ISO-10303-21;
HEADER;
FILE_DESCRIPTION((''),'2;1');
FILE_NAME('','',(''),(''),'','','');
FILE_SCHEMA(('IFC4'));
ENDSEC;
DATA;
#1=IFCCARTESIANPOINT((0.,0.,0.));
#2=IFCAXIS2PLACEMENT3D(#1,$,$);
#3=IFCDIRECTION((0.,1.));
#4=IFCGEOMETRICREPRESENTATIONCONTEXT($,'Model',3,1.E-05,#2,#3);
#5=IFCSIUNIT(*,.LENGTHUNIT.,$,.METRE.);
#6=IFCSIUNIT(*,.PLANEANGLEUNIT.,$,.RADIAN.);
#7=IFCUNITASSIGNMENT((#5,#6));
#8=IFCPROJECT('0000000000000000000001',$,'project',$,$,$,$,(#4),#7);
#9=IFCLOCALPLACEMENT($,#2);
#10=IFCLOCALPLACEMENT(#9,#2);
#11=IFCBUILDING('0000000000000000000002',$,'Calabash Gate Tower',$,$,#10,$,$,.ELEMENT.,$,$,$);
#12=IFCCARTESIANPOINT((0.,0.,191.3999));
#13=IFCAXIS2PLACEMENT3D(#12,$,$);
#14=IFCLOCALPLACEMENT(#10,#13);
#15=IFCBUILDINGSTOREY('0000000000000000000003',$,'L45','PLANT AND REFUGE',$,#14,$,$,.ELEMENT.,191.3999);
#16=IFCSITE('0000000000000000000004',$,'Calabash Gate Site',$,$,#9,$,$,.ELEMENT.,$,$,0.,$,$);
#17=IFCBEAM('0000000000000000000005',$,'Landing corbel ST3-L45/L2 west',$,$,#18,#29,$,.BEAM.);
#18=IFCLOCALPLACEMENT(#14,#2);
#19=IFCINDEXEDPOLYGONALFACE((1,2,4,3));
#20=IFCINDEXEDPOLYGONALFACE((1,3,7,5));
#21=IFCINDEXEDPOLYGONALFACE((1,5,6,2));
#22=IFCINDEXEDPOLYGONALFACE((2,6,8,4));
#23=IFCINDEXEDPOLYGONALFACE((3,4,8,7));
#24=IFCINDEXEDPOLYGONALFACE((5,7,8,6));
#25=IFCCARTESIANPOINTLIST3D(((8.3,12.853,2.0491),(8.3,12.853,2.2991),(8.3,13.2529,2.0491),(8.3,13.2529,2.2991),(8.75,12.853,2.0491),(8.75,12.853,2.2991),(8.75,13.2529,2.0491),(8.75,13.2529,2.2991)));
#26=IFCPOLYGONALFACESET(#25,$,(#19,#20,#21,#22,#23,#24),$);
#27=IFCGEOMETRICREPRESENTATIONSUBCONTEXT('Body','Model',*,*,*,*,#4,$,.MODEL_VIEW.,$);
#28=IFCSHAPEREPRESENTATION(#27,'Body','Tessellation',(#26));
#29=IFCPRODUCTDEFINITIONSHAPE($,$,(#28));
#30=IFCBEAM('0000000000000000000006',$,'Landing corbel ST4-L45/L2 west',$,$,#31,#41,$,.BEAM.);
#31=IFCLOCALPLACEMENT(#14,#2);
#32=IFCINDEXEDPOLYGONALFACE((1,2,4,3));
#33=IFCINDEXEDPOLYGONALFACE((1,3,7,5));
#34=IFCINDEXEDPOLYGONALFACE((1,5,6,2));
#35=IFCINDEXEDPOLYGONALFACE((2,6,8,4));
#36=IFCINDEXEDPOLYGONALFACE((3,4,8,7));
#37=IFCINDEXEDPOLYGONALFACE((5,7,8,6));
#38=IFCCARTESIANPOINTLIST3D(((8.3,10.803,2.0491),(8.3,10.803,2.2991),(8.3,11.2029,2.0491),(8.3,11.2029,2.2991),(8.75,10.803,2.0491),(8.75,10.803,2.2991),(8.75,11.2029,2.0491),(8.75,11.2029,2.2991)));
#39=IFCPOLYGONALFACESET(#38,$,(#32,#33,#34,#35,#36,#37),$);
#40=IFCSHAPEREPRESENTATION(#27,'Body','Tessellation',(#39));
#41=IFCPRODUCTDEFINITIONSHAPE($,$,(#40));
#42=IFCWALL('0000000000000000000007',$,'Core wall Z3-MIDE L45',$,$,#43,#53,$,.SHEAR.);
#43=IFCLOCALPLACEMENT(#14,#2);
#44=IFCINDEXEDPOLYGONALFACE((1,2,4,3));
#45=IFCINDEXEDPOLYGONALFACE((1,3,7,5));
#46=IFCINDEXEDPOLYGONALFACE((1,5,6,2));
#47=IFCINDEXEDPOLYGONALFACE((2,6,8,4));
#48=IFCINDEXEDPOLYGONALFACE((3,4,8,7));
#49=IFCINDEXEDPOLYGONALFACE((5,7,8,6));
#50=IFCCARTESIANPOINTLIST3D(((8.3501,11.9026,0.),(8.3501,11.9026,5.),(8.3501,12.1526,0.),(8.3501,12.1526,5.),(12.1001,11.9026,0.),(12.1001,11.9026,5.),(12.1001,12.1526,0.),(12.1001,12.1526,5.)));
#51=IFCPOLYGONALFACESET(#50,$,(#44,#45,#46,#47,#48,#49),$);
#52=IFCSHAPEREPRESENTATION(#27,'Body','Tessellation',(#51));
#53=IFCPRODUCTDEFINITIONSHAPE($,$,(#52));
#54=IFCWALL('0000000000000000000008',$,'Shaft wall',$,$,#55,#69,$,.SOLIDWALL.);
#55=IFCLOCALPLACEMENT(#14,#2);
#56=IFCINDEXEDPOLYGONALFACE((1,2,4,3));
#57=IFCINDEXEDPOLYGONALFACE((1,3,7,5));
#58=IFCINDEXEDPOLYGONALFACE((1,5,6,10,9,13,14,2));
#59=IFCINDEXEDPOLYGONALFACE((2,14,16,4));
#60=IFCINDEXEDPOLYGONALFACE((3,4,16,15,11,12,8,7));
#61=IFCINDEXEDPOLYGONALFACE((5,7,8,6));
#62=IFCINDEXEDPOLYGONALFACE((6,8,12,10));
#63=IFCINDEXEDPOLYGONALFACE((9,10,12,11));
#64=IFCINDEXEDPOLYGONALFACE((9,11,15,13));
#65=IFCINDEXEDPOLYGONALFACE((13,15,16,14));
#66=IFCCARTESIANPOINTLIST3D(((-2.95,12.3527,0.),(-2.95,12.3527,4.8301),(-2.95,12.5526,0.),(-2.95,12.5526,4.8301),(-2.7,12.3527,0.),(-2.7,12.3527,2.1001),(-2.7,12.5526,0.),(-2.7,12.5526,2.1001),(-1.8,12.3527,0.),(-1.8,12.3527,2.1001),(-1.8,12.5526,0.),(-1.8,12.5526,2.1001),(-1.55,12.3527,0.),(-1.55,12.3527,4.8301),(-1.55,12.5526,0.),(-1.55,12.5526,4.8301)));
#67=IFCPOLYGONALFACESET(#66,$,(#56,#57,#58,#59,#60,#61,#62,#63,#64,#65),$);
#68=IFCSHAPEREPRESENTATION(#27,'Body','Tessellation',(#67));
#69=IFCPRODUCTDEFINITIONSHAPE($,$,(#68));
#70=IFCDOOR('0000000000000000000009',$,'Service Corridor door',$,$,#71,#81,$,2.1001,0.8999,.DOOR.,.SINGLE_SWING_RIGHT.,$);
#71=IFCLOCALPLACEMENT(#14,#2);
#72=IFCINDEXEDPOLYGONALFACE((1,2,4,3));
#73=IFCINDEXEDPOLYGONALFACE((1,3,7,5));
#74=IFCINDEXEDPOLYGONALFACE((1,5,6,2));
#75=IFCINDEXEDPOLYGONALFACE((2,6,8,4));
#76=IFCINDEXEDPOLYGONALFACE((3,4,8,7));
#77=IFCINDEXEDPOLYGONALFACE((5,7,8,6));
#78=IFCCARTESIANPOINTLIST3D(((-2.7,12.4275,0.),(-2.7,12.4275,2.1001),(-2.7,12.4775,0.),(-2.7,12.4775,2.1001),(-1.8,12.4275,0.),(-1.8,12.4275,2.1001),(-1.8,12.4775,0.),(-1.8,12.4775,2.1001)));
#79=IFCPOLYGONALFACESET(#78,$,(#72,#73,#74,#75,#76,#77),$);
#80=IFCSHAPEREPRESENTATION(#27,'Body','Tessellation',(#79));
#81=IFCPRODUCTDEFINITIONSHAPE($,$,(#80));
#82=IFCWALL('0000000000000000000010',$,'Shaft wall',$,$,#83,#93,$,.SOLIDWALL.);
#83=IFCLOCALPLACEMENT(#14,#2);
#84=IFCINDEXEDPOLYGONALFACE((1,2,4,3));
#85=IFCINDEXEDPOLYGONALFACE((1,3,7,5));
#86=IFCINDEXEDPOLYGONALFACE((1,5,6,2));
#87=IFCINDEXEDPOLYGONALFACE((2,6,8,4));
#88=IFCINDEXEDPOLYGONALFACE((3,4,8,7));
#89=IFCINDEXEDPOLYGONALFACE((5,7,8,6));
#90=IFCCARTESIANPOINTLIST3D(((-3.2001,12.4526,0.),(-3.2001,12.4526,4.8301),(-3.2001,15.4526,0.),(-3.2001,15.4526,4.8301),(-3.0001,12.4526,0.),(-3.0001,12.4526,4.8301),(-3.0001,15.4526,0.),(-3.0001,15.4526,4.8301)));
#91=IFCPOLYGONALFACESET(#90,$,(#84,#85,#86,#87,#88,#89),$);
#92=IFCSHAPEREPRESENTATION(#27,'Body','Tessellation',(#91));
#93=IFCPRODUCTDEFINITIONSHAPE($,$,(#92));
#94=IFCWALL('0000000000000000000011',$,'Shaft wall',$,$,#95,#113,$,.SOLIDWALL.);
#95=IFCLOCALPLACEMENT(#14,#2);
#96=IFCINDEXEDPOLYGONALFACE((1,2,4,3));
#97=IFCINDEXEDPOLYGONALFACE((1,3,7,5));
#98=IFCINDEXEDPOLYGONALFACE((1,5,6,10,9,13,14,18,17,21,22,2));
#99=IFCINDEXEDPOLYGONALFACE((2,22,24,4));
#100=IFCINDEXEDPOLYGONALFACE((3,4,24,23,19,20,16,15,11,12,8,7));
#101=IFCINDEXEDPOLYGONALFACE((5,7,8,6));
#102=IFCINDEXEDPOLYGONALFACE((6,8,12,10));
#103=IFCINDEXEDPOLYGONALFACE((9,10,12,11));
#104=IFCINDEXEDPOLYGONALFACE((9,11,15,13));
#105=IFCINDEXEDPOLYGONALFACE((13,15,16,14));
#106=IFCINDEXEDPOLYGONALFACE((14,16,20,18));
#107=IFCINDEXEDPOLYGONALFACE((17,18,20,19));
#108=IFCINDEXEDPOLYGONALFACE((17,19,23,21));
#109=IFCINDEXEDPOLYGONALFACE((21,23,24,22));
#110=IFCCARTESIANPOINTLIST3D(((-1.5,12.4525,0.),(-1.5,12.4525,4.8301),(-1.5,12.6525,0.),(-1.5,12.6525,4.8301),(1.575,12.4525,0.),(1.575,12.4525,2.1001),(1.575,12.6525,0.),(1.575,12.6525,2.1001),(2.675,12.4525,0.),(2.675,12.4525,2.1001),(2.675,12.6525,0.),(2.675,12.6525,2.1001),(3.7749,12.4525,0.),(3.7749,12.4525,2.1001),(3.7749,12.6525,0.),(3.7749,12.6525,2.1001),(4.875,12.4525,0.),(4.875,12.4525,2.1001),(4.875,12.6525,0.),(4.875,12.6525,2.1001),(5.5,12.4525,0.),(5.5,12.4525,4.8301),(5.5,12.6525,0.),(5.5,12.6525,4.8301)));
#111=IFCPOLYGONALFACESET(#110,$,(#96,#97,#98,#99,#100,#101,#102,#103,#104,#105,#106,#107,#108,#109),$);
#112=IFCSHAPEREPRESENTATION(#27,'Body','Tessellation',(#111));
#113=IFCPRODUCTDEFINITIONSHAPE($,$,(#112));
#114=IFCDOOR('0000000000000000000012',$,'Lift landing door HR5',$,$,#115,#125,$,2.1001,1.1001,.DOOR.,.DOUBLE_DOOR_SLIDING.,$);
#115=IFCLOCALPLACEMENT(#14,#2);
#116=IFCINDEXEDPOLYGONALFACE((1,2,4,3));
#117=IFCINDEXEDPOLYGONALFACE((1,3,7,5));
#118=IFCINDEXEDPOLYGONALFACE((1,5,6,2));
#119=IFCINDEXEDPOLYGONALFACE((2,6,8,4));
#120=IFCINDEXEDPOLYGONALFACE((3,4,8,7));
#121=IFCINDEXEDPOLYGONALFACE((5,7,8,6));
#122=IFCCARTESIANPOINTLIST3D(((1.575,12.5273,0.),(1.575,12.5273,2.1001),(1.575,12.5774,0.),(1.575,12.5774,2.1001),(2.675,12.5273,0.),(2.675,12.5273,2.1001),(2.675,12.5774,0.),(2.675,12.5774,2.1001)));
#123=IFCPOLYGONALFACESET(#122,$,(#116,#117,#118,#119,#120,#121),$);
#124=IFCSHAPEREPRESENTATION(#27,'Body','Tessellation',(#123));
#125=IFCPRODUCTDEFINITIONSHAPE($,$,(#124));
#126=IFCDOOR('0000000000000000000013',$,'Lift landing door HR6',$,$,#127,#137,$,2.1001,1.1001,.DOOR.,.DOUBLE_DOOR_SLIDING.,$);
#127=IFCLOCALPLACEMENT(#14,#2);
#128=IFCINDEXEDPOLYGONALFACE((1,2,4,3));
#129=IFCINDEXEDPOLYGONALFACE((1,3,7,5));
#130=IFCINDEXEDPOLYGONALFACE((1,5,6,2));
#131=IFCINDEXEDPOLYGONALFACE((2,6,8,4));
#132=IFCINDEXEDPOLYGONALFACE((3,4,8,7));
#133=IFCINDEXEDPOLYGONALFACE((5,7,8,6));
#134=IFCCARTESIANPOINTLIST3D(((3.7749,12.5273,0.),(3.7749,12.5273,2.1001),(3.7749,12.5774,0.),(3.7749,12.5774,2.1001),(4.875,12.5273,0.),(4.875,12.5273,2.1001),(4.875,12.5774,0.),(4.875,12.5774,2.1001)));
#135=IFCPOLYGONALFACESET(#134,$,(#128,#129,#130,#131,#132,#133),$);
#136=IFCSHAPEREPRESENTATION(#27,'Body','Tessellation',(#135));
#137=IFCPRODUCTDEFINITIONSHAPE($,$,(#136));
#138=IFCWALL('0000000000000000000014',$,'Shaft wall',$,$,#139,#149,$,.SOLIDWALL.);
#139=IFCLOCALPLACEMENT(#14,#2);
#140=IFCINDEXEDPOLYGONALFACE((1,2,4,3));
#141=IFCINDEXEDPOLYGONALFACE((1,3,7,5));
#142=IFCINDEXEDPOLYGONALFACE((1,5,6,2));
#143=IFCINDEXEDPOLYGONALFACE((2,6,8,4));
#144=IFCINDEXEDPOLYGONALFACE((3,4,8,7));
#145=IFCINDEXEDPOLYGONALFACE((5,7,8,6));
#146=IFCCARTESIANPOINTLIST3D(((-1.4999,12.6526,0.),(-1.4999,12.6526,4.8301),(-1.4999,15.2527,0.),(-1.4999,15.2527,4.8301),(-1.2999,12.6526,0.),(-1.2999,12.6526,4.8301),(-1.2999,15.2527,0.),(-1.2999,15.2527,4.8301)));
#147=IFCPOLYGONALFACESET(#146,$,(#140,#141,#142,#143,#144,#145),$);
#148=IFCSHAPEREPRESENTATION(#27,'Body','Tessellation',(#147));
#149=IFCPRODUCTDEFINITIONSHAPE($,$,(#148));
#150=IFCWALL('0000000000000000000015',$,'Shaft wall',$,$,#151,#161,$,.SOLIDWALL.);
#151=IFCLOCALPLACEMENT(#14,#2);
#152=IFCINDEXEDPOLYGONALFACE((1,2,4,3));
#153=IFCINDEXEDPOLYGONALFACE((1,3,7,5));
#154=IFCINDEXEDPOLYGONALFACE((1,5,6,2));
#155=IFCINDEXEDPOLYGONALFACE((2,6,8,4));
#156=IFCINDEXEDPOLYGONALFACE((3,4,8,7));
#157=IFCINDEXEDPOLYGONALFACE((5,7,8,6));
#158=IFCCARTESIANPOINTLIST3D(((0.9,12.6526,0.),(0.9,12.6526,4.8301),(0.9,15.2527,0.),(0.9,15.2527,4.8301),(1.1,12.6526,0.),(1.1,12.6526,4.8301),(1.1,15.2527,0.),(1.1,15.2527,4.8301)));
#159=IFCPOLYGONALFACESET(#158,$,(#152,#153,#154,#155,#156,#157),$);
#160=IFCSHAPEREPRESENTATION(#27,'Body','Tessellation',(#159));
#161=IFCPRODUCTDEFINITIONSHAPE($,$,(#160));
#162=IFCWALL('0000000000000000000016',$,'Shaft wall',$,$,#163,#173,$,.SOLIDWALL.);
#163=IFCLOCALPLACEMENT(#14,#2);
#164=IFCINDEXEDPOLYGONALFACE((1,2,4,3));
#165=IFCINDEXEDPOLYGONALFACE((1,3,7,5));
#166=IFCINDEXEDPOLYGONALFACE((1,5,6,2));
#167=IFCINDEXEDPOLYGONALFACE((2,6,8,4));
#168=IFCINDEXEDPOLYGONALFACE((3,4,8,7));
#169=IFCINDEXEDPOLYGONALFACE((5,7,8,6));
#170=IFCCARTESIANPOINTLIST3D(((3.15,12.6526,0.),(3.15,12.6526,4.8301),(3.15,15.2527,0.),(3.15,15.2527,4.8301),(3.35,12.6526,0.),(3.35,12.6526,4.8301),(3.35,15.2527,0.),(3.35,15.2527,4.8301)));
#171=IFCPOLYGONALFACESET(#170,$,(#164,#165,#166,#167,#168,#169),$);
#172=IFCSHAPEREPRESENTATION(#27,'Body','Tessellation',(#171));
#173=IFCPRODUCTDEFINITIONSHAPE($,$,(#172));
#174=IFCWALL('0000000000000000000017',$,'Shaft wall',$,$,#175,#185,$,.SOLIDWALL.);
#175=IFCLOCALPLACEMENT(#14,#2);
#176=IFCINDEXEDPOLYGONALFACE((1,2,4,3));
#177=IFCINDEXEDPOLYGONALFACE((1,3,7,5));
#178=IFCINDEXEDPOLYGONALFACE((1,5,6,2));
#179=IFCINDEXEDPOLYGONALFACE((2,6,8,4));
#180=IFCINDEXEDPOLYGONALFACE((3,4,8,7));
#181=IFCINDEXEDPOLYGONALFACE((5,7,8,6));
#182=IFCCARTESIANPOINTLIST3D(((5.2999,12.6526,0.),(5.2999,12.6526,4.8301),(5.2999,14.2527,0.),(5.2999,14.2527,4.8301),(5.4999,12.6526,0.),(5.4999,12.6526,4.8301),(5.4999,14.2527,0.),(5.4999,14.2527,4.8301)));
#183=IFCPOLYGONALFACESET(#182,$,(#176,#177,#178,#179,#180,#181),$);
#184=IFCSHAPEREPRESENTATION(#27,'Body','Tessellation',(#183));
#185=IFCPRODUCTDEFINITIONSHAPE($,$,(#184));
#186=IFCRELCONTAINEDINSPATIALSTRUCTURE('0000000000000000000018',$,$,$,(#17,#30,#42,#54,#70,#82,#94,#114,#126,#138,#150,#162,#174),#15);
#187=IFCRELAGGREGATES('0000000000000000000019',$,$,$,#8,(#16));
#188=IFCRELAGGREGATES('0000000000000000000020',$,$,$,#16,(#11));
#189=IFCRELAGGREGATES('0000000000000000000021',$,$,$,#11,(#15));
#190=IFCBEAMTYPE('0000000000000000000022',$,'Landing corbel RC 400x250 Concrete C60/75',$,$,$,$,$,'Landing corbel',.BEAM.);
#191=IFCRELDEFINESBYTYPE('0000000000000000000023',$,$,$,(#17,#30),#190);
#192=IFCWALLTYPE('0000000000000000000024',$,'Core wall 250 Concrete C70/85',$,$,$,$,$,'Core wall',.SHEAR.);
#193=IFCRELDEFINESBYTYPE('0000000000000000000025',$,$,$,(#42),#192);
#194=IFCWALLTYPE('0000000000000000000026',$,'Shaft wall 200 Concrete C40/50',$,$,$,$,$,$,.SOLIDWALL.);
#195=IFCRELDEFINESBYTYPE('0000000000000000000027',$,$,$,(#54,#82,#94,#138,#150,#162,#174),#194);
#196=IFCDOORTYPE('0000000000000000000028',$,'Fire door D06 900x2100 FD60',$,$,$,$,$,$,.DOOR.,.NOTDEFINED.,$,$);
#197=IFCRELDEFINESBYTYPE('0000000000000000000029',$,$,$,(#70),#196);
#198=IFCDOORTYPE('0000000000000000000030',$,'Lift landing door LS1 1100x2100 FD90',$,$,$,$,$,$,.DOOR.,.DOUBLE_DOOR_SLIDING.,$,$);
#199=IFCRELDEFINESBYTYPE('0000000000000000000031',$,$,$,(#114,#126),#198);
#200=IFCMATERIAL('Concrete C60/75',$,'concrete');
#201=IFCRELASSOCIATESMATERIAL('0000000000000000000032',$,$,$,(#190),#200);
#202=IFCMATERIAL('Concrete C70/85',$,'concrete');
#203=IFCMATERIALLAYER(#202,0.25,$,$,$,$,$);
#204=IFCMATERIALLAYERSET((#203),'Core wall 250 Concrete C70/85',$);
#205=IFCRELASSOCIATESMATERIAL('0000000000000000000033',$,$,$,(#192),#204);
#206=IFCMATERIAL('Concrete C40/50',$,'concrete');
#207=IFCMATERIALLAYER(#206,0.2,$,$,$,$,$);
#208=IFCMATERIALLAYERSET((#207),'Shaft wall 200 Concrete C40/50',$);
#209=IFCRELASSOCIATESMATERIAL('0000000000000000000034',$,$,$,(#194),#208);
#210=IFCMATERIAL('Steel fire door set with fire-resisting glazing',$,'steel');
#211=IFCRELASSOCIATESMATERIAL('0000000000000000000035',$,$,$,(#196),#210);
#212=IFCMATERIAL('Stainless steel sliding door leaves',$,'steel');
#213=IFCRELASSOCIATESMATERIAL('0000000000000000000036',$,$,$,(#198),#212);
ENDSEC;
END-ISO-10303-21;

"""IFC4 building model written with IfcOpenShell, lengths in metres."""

from ifc_helpers import new_model, si_unit, direction, frame, frame_2d, origin, origin_2d, place, context, subcontext, project, spatial, rectangle, extrude, material, layer, layer_set, material_profile, profile_set, type_object, element, fill, save


model = new_model("IFC4")

# Units and contexts
model_context = context("Model", 3, precision=1e-05, world=origin(), true_north=direction((0.0, 1.0)))
body_context = subcontext(model_context, "Body", "Model", "MODEL_VIEW")
ifc_project = project(units=[si_unit("LENGTHUNIT", "METRE"), si_unit("PLANEANGLEUNIT", "RADIAN")], contexts=[model_context])

# Site, building, storey
site_placement = place(None, origin())
site = spatial("IfcSite", under=ifc_project, at=site_placement, Name="Calabash Gate Site", CompositionType="ELEMENT", RefElevation=0.0)
building_placement = place(site_placement, origin())
building = spatial("IfcBuilding", under=site, at=building_placement, Name="Calabash Gate Tower", CompositionType="ELEMENT")
storey_placement = place(building_placement, frame((0.0, 0.0, 191.3999)))
storey = spatial("IfcBuildingStorey", under=building, at=storey_placement, Name="L45", Description="PLANT AND REFUGE", CompositionType="ELEMENT", Elevation=191.3999)

# Beams
ifc_material_1 = material(Name="Concrete C60/75", Category="concrete")
ifc_material_profile = material_profile(ifc_material_1, rectangle(XDim=0.3999, YDim=0.25, at=origin_2d()))
ifc_profile_set = profile_set([ifc_material_profile], Name="Concrete C60/75")
beam_type = type_object("IfcBeamType", Name="Landing corbel RC 400x250 Concrete C60/75", ElementType="Landing corbel", PredefinedType="BEAM", material=ifc_profile_set)
for number, where, z_axis, x_axis, name in (
    (1, (8.3, 13.053, 2.1741), (1.0, 0.0, 0.0), (0.0, 1.0, 0.0), "Landing corbel ST3-L45/L2 west"),
    (2, (8.3, 11.0029, 2.1741), (1.0, 0.0, 0.0), (0.0, 1.0, 0.0), "Landing corbel ST4-L45/L2 west"),
):
    element("IfcBeam", number, at=place(storey_placement, frame(where, z_axis=z_axis, x_axis=x_axis)), inside=storey, type_object=beam_type, Name=name, PredefinedType="BEAM", context=body_context, shape_type="SweptSolid", body=[
        extrude(rectangle(XDim=0.3999, YDim=0.25, at=origin_2d()), origin(), (0.0, 0.0, 1.0), 0.45),
    ])

# Wall
ifc_material_2 = material(Name="Concrete C70/85", Category="concrete")
ifc_layer_1 = layer(ifc_material_2, 0.25)
ifc_layer_set_1 = layer_set([ifc_layer_1], Name="Core wall 250 Concrete C70/85")
wall_type_1 = type_object("IfcWallType", Name="Core wall 250 Concrete C70/85", ElementType="Core wall", PredefinedType="SHEAR", material=ifc_layer_set_1)
wall_1_placement = place(storey_placement, frame((8.3501, 12.0276, 0.0), z_axis=(0.0, 0.0, 1.0), x_axis=(1.0, 0.0, 0.0)))
element("IfcWall", 3, at=wall_1_placement, inside=storey, type_object=wall_type_1, Name="Core wall Z3-MIDE L45", PredefinedType="SHEAR", context=body_context, shape_type="SweptSolid", body=[
    extrude(rectangle(XDim=3.75, YDim=0.25, at=frame_2d((1.875, 0.0))), origin(), (0.0, 0.0, 1.0), 5.0),
])

# Wall, opening, door
ifc_material_3 = material(Name="Concrete C40/50", Category="concrete")
ifc_layer_2 = layer(ifc_material_3, 0.2)
ifc_layer_set_2 = layer_set([ifc_layer_2], Name="Shaft wall 200 Concrete C40/50")
wall_type_2 = type_object("IfcWallType", Name="Shaft wall 200 Concrete C40/50", PredefinedType="SOLIDWALL", material=ifc_layer_set_2)
wall_2_placement = place(storey_placement, frame((-2.95, 12.4526, 0.0), z_axis=(0.0, 0.0, 1.0), x_axis=(1.0, 0.0, 0.0)))
wall_2 = element("IfcWall", 4, at=wall_2_placement, inside=storey, type_object=wall_type_2, Name="Shaft wall", PredefinedType="SOLIDWALL", context=body_context, shape_type="SweptSolid", body=[
    extrude(rectangle(XDim=1.3999, YDim=0.2, at=frame_2d((0.7, 0.0))), origin(), (0.0, 0.0, 1.0), 4.8301),
])
opening_1_placement = place(wall_2_placement, frame((0.25, 0.0, 0.0)))
opening_1 = element("IfcOpeningElement", 5, at=opening_1_placement, cuts=wall_2, PredefinedType="OPENING", context=body_context, shape_type="SweptSolid", body=[
    extrude(rectangle(XDim=0.8999, YDim=2.1001, at=frame_2d((0.45, 1.05))), frame((0.0, 0.1099, 0.0), z_axis=(0.0, -1.0, 0.0), x_axis=(1.0, 0.0, 0.0)), (0.0, 0.0, 1.0), 0.22),
])
ifc_material_4 = material(Name="Steel fire door set with fire-resisting glazing", Category="steel")
door_type_1 = type_object("IfcDoorType", Name="Fire door D06 900x2100 FD60", OperationType="NOTDEFINED", PredefinedType="DOOR", material=ifc_material_4)
door_1_placement = place(opening_1_placement, origin())
door_1 = element("IfcDoor", 6, at=door_1_placement, inside=storey, type_object=door_type_1, Name="Service Corridor door", OperationType="SINGLE_SWING_RIGHT", OverallHeight=2.1001, OverallWidth=0.8999, PredefinedType="DOOR", context=body_context, shape_type="SweptSolid", body=[
    extrude(rectangle(XDim=0.8999, YDim=2.1001, at=frame_2d((0.45, 1.05))), frame((0.0, 0.0249, 0.0), z_axis=(0.0, -1.0, 0.0), x_axis=(1.0, 0.0, 0.0)), (0.0, 0.0, 1.0), 0.05),
])
fill(opening_1, door_1)

# Wall
wall_3_placement = place(storey_placement, frame((-3.1001, 12.4526, 0.0), z_axis=(0.0, 0.0, 1.0), x_axis=(0.0, 1.0, 0.0)))
element("IfcWall", 7, at=wall_3_placement, inside=storey, type_object=wall_type_2, Name="Shaft wall", PredefinedType="SOLIDWALL", context=body_context, shape_type="SweptSolid", body=[
    extrude(rectangle(XDim=3.0, YDim=0.2, at=frame_2d((1.5, 0.0))), origin(), (0.0, 0.0, 1.0), 4.8301),
])

# Wall, openings, doors
wall_4_placement = place(storey_placement, frame((-1.5, 12.5525, 0.0), z_axis=(0.0, 0.0, 1.0), x_axis=(1.0, 0.0, 0.0)))
wall_4 = element("IfcWall", 8, at=wall_4_placement, inside=storey, type_object=wall_type_2, Name="Shaft wall", PredefinedType="SOLIDWALL", context=body_context, shape_type="SweptSolid", body=[
    extrude(rectangle(XDim=7.0, YDim=0.2, at=frame_2d((3.5, 0.0))), origin(), (0.0, 0.0, 1.0), 4.8301),
])
opening_2_placement = place(wall_4_placement, frame((3.075, 0.0, 0.0)))
opening_2 = element("IfcOpeningElement", 9, at=opening_2_placement, cuts=wall_4, PredefinedType="OPENING", context=body_context, shape_type="SweptSolid", body=[
    extrude(rectangle(XDim=1.1001, YDim=2.1001, at=frame_2d((0.55, 1.05))), frame((0.0, 0.1099, 0.0), z_axis=(0.0, -1.0, 0.0), x_axis=(1.0, 0.0, 0.0)), (0.0, 0.0, 1.0), 0.22),
])
opening_3_placement = place(wall_4_placement, frame((5.2749, 0.0, 0.0)))
opening_3 = element("IfcOpeningElement", 10, at=opening_3_placement, cuts=wall_4, PredefinedType="OPENING", context=body_context, shape_type="SweptSolid", body=[
    extrude(rectangle(XDim=1.1001, YDim=2.1001, at=frame_2d((0.55, 1.05))), frame((0.0, 0.1099, 0.0), z_axis=(0.0, -1.0, 0.0), x_axis=(1.0, 0.0, 0.0)), (0.0, 0.0, 1.0), 0.22),
])
ifc_material_5 = material(Name="Stainless steel sliding door leaves", Category="steel")
door_type_2 = type_object("IfcDoorType", Name="Lift landing door LS1 1100x2100 FD90", OperationType="DOUBLE_DOOR_SLIDING", PredefinedType="DOOR", material=ifc_material_5)
door_2_placement = place(opening_2_placement, origin())
door_2 = element("IfcDoor", 11, at=door_2_placement, inside=storey, type_object=door_type_2, Name="Lift landing door HR5", OperationType="DOUBLE_DOOR_SLIDING", OverallHeight=2.1001, OverallWidth=1.1001, PredefinedType="DOOR", context=body_context, shape_type="SweptSolid", body=[
    extrude(rectangle(XDim=1.1001, YDim=2.1001, at=frame_2d((0.55, 1.05))), frame((0.0, 0.0249, 0.0), z_axis=(0.0, -1.0, 0.0), x_axis=(1.0, 0.0, 0.0)), (0.0, 0.0, 1.0), 0.05),
])
fill(opening_2, door_2)
door_3_placement = place(opening_3_placement, origin())
door_3 = element("IfcDoor", 12, at=door_3_placement, inside=storey, type_object=door_type_2, Name="Lift landing door HR6", OperationType="DOUBLE_DOOR_SLIDING", OverallHeight=2.1001, OverallWidth=1.1001, PredefinedType="DOOR", context=body_context, shape_type="SweptSolid", body=[
    extrude(rectangle(XDim=1.1001, YDim=2.1001, at=frame_2d((0.55, 1.05))), frame((0.0, 0.0249, 0.0), z_axis=(0.0, -1.0, 0.0), x_axis=(1.0, 0.0, 0.0)), (0.0, 0.0, 1.0), 0.05),
])
fill(opening_3, door_3)

# Walls
for number, where, z_axis, x_axis, name in (
    (13, (-1.3999, 12.6526, 0.0), (0.0, 0.0, 1.0), (0.0, 1.0, 0.0), "Shaft wall"),
    (14, (1.0, 12.6526, 0.0), (0.0, 0.0, 1.0), (0.0, 1.0, 0.0), "Shaft wall"),
    (15, (3.25, 12.6526, 0.0), (0.0, 0.0, 1.0), (0.0, 1.0, 0.0), "Shaft wall"),
):
    element("IfcWall", number, at=place(storey_placement, frame(where, z_axis=z_axis, x_axis=x_axis)), inside=storey, type_object=wall_type_2, Name=name, PredefinedType="SOLIDWALL", context=body_context, shape_type="SweptSolid", body=[
        extrude(rectangle(XDim=2.6001, YDim=0.2, at=frame_2d((1.3, 0.0))), origin(), (0.0, 0.0, 1.0), 4.8301),
    ])
wall_5_placement = place(storey_placement, frame((5.3999, 12.6526, 0.0), z_axis=(0.0, 0.0, 1.0), x_axis=(0.0, 1.0, 0.0)))
element("IfcWall", 16, at=wall_5_placement, inside=storey, type_object=wall_type_2, Name="Shaft wall", PredefinedType="SOLIDWALL", context=body_context, shape_type="SweptSolid", body=[
    extrude(rectangle(XDim=1.6001, YDim=0.2, at=frame_2d((0.8, 0.0))), origin(), (0.0, 0.0, 1.0), 4.8301),
])

save(model, "model.ifc")
